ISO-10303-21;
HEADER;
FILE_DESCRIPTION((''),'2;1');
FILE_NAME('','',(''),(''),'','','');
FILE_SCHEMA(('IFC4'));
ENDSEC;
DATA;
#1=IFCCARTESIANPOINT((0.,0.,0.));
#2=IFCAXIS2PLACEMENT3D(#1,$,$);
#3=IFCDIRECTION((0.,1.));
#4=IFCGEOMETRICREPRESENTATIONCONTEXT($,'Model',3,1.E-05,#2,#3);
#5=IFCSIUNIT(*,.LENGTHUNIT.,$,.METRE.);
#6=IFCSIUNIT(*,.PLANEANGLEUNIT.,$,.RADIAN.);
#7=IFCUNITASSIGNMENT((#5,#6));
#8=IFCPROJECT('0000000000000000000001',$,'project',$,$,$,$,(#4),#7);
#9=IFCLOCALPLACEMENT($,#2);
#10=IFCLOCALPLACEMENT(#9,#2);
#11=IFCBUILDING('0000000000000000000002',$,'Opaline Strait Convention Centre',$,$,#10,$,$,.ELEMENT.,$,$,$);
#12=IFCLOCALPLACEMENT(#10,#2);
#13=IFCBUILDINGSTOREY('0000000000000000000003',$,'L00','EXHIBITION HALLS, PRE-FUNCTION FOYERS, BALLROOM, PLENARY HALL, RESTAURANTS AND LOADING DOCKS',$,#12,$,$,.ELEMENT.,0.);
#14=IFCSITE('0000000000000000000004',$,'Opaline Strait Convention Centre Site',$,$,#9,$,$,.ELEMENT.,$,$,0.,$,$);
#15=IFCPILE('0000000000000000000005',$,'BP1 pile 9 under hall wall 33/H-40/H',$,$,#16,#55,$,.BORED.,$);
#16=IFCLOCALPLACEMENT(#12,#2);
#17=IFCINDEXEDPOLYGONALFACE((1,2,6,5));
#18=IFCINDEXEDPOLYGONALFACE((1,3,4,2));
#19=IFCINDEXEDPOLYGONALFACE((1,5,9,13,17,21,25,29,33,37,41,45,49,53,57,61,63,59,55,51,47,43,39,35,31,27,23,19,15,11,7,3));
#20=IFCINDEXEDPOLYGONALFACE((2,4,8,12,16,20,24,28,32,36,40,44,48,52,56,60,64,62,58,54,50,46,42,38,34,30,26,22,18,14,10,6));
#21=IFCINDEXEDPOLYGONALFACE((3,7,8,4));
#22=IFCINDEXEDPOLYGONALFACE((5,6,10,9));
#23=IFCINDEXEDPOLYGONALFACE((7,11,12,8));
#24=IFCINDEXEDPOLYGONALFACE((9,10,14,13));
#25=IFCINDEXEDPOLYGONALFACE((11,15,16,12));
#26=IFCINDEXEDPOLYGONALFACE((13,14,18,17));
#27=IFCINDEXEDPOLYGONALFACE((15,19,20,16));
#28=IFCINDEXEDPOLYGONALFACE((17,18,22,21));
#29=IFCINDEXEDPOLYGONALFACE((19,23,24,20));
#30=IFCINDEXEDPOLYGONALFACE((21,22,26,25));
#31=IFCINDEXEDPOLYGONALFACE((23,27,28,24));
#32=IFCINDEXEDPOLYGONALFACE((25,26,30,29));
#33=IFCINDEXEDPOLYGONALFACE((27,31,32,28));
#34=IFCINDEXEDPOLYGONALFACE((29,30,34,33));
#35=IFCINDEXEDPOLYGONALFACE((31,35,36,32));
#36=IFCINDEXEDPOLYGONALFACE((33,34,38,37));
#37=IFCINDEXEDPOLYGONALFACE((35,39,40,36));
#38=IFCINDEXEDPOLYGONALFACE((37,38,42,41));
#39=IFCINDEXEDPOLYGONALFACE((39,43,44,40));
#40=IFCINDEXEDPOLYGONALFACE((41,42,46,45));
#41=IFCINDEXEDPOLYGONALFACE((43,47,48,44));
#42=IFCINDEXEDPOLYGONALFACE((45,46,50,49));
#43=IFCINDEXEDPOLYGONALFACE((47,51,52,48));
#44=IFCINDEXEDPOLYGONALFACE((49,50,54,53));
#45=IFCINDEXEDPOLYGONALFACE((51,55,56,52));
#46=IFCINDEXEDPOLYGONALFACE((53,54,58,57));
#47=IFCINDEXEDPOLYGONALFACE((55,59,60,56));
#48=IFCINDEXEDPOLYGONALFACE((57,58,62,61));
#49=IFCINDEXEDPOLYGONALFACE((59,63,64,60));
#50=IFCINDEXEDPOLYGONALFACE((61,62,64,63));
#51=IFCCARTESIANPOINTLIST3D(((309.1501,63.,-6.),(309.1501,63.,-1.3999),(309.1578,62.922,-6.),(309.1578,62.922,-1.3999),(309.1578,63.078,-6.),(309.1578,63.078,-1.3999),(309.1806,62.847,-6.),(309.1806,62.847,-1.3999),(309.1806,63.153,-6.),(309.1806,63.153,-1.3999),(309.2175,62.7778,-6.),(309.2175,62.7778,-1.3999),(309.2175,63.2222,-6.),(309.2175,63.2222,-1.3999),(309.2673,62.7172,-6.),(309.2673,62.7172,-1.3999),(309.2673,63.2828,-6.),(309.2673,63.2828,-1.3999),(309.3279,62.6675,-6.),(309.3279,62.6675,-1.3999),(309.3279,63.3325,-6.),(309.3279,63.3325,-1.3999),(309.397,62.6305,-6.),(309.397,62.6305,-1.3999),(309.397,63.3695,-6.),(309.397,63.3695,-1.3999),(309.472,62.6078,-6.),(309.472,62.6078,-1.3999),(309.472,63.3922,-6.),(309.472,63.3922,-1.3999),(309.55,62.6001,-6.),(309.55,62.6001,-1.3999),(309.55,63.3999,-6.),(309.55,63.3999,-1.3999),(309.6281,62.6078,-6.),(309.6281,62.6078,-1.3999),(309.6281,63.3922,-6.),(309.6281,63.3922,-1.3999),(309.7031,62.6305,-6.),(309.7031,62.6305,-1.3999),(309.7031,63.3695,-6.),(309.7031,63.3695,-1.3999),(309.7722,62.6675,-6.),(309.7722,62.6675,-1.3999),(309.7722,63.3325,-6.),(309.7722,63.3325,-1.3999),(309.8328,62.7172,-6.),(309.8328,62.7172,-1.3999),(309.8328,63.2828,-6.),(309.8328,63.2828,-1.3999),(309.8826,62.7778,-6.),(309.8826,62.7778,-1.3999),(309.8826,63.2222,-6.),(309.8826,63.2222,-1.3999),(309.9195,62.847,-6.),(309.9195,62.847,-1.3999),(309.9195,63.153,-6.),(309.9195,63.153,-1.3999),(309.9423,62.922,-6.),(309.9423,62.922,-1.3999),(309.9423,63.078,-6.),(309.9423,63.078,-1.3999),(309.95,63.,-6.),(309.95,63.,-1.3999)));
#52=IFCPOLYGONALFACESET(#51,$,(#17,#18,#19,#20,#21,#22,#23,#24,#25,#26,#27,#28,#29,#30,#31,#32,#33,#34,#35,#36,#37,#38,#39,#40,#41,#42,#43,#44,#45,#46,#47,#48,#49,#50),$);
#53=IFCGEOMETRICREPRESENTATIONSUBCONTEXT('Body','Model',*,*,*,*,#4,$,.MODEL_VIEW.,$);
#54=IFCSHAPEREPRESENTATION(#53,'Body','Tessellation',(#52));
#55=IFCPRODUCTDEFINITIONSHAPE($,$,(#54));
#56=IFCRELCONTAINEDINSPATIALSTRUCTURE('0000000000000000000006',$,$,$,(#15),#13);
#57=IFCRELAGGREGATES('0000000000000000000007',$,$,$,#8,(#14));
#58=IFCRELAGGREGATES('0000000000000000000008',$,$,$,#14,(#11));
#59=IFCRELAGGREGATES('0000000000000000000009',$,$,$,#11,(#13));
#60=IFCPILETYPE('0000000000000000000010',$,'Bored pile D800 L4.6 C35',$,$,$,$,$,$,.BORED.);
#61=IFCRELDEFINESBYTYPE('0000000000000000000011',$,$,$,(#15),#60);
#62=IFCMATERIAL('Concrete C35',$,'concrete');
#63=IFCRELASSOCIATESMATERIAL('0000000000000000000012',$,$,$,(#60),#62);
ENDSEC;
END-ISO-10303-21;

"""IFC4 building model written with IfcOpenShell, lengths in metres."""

from ifc_helpers import new_model, si_unit, direction, frame, origin, origin_2d, place, context, subcontext, project, spatial, circle, extrude, material, material_profile, profile_set, type_object, element, save


model = new_model("IFC4")

# Units and contexts
model_context = context("Model", 3, precision=1e-05, world=origin(), true_north=direction((0.0, 1.0)))
body_context = subcontext(model_context, "Body", "Model", "MODEL_VIEW")
ifc_project = project(units=[si_unit("LENGTHUNIT", "METRE"), si_unit("PLANEANGLEUNIT", "RADIAN")], contexts=[model_context])

# Site, building, storey
site_placement = place(None, origin())
site = spatial("IfcSite", under=ifc_project, at=site_placement, Name="Opaline Strait Convention Centre Site", CompositionType="ELEMENT", RefElevation=0.0)
building_placement = place(site_placement, origin())
building = spatial("IfcBuilding", under=site, at=building_placement, Name="Opaline Strait Convention Centre", CompositionType="ELEMENT")
storey_placement = place(building_placement, origin())
storey = spatial("IfcBuildingStorey", under=building, at=storey_placement, Name="L00", Description="EXHIBITION HALLS, PRE-FUNCTION FOYERS, BALLROOM, PLENARY HALL, RESTAURANTS AND LOADING DOCKS", CompositionType="ELEMENT", Elevation=0.0)

# Pile
ifc_material_1 = material(Name="Concrete C35", Category="concrete")
ifc_material_profile = material_profile(ifc_material_1, circle(Radius=0.3999, at=origin_2d()), Name="D800")
ifc_profile_set = profile_set([ifc_material_profile], Name="Concrete C35")
pile_type = type_object("IfcPileType", Name="Bored pile D800 L4.6 C35", PredefinedType="BORED", material=ifc_profile_set)
for number, where, z_axis, x_axis, name in (
    (1, (309.55, 63.0, -1.3999), (0.0, 0.0, -1.0), (1.0, 0.0, 0.0), "BP1 pile 9 under hall wall 33/H-40/H"),
):
    element("IfcPile", number, at=place(storey_placement, frame(where, z_axis=z_axis, x_axis=x_axis)), inside=storey, type_object=pile_type, Name=name, PredefinedType="BORED", context=body_context, shape_type="SweptSolid", body=[
        extrude(circle(Radius=0.3999, at=origin_2d()), origin(), (0.0, 0.0, 1.0), 4.6001),
    ])

save(model, "model.ifc")
